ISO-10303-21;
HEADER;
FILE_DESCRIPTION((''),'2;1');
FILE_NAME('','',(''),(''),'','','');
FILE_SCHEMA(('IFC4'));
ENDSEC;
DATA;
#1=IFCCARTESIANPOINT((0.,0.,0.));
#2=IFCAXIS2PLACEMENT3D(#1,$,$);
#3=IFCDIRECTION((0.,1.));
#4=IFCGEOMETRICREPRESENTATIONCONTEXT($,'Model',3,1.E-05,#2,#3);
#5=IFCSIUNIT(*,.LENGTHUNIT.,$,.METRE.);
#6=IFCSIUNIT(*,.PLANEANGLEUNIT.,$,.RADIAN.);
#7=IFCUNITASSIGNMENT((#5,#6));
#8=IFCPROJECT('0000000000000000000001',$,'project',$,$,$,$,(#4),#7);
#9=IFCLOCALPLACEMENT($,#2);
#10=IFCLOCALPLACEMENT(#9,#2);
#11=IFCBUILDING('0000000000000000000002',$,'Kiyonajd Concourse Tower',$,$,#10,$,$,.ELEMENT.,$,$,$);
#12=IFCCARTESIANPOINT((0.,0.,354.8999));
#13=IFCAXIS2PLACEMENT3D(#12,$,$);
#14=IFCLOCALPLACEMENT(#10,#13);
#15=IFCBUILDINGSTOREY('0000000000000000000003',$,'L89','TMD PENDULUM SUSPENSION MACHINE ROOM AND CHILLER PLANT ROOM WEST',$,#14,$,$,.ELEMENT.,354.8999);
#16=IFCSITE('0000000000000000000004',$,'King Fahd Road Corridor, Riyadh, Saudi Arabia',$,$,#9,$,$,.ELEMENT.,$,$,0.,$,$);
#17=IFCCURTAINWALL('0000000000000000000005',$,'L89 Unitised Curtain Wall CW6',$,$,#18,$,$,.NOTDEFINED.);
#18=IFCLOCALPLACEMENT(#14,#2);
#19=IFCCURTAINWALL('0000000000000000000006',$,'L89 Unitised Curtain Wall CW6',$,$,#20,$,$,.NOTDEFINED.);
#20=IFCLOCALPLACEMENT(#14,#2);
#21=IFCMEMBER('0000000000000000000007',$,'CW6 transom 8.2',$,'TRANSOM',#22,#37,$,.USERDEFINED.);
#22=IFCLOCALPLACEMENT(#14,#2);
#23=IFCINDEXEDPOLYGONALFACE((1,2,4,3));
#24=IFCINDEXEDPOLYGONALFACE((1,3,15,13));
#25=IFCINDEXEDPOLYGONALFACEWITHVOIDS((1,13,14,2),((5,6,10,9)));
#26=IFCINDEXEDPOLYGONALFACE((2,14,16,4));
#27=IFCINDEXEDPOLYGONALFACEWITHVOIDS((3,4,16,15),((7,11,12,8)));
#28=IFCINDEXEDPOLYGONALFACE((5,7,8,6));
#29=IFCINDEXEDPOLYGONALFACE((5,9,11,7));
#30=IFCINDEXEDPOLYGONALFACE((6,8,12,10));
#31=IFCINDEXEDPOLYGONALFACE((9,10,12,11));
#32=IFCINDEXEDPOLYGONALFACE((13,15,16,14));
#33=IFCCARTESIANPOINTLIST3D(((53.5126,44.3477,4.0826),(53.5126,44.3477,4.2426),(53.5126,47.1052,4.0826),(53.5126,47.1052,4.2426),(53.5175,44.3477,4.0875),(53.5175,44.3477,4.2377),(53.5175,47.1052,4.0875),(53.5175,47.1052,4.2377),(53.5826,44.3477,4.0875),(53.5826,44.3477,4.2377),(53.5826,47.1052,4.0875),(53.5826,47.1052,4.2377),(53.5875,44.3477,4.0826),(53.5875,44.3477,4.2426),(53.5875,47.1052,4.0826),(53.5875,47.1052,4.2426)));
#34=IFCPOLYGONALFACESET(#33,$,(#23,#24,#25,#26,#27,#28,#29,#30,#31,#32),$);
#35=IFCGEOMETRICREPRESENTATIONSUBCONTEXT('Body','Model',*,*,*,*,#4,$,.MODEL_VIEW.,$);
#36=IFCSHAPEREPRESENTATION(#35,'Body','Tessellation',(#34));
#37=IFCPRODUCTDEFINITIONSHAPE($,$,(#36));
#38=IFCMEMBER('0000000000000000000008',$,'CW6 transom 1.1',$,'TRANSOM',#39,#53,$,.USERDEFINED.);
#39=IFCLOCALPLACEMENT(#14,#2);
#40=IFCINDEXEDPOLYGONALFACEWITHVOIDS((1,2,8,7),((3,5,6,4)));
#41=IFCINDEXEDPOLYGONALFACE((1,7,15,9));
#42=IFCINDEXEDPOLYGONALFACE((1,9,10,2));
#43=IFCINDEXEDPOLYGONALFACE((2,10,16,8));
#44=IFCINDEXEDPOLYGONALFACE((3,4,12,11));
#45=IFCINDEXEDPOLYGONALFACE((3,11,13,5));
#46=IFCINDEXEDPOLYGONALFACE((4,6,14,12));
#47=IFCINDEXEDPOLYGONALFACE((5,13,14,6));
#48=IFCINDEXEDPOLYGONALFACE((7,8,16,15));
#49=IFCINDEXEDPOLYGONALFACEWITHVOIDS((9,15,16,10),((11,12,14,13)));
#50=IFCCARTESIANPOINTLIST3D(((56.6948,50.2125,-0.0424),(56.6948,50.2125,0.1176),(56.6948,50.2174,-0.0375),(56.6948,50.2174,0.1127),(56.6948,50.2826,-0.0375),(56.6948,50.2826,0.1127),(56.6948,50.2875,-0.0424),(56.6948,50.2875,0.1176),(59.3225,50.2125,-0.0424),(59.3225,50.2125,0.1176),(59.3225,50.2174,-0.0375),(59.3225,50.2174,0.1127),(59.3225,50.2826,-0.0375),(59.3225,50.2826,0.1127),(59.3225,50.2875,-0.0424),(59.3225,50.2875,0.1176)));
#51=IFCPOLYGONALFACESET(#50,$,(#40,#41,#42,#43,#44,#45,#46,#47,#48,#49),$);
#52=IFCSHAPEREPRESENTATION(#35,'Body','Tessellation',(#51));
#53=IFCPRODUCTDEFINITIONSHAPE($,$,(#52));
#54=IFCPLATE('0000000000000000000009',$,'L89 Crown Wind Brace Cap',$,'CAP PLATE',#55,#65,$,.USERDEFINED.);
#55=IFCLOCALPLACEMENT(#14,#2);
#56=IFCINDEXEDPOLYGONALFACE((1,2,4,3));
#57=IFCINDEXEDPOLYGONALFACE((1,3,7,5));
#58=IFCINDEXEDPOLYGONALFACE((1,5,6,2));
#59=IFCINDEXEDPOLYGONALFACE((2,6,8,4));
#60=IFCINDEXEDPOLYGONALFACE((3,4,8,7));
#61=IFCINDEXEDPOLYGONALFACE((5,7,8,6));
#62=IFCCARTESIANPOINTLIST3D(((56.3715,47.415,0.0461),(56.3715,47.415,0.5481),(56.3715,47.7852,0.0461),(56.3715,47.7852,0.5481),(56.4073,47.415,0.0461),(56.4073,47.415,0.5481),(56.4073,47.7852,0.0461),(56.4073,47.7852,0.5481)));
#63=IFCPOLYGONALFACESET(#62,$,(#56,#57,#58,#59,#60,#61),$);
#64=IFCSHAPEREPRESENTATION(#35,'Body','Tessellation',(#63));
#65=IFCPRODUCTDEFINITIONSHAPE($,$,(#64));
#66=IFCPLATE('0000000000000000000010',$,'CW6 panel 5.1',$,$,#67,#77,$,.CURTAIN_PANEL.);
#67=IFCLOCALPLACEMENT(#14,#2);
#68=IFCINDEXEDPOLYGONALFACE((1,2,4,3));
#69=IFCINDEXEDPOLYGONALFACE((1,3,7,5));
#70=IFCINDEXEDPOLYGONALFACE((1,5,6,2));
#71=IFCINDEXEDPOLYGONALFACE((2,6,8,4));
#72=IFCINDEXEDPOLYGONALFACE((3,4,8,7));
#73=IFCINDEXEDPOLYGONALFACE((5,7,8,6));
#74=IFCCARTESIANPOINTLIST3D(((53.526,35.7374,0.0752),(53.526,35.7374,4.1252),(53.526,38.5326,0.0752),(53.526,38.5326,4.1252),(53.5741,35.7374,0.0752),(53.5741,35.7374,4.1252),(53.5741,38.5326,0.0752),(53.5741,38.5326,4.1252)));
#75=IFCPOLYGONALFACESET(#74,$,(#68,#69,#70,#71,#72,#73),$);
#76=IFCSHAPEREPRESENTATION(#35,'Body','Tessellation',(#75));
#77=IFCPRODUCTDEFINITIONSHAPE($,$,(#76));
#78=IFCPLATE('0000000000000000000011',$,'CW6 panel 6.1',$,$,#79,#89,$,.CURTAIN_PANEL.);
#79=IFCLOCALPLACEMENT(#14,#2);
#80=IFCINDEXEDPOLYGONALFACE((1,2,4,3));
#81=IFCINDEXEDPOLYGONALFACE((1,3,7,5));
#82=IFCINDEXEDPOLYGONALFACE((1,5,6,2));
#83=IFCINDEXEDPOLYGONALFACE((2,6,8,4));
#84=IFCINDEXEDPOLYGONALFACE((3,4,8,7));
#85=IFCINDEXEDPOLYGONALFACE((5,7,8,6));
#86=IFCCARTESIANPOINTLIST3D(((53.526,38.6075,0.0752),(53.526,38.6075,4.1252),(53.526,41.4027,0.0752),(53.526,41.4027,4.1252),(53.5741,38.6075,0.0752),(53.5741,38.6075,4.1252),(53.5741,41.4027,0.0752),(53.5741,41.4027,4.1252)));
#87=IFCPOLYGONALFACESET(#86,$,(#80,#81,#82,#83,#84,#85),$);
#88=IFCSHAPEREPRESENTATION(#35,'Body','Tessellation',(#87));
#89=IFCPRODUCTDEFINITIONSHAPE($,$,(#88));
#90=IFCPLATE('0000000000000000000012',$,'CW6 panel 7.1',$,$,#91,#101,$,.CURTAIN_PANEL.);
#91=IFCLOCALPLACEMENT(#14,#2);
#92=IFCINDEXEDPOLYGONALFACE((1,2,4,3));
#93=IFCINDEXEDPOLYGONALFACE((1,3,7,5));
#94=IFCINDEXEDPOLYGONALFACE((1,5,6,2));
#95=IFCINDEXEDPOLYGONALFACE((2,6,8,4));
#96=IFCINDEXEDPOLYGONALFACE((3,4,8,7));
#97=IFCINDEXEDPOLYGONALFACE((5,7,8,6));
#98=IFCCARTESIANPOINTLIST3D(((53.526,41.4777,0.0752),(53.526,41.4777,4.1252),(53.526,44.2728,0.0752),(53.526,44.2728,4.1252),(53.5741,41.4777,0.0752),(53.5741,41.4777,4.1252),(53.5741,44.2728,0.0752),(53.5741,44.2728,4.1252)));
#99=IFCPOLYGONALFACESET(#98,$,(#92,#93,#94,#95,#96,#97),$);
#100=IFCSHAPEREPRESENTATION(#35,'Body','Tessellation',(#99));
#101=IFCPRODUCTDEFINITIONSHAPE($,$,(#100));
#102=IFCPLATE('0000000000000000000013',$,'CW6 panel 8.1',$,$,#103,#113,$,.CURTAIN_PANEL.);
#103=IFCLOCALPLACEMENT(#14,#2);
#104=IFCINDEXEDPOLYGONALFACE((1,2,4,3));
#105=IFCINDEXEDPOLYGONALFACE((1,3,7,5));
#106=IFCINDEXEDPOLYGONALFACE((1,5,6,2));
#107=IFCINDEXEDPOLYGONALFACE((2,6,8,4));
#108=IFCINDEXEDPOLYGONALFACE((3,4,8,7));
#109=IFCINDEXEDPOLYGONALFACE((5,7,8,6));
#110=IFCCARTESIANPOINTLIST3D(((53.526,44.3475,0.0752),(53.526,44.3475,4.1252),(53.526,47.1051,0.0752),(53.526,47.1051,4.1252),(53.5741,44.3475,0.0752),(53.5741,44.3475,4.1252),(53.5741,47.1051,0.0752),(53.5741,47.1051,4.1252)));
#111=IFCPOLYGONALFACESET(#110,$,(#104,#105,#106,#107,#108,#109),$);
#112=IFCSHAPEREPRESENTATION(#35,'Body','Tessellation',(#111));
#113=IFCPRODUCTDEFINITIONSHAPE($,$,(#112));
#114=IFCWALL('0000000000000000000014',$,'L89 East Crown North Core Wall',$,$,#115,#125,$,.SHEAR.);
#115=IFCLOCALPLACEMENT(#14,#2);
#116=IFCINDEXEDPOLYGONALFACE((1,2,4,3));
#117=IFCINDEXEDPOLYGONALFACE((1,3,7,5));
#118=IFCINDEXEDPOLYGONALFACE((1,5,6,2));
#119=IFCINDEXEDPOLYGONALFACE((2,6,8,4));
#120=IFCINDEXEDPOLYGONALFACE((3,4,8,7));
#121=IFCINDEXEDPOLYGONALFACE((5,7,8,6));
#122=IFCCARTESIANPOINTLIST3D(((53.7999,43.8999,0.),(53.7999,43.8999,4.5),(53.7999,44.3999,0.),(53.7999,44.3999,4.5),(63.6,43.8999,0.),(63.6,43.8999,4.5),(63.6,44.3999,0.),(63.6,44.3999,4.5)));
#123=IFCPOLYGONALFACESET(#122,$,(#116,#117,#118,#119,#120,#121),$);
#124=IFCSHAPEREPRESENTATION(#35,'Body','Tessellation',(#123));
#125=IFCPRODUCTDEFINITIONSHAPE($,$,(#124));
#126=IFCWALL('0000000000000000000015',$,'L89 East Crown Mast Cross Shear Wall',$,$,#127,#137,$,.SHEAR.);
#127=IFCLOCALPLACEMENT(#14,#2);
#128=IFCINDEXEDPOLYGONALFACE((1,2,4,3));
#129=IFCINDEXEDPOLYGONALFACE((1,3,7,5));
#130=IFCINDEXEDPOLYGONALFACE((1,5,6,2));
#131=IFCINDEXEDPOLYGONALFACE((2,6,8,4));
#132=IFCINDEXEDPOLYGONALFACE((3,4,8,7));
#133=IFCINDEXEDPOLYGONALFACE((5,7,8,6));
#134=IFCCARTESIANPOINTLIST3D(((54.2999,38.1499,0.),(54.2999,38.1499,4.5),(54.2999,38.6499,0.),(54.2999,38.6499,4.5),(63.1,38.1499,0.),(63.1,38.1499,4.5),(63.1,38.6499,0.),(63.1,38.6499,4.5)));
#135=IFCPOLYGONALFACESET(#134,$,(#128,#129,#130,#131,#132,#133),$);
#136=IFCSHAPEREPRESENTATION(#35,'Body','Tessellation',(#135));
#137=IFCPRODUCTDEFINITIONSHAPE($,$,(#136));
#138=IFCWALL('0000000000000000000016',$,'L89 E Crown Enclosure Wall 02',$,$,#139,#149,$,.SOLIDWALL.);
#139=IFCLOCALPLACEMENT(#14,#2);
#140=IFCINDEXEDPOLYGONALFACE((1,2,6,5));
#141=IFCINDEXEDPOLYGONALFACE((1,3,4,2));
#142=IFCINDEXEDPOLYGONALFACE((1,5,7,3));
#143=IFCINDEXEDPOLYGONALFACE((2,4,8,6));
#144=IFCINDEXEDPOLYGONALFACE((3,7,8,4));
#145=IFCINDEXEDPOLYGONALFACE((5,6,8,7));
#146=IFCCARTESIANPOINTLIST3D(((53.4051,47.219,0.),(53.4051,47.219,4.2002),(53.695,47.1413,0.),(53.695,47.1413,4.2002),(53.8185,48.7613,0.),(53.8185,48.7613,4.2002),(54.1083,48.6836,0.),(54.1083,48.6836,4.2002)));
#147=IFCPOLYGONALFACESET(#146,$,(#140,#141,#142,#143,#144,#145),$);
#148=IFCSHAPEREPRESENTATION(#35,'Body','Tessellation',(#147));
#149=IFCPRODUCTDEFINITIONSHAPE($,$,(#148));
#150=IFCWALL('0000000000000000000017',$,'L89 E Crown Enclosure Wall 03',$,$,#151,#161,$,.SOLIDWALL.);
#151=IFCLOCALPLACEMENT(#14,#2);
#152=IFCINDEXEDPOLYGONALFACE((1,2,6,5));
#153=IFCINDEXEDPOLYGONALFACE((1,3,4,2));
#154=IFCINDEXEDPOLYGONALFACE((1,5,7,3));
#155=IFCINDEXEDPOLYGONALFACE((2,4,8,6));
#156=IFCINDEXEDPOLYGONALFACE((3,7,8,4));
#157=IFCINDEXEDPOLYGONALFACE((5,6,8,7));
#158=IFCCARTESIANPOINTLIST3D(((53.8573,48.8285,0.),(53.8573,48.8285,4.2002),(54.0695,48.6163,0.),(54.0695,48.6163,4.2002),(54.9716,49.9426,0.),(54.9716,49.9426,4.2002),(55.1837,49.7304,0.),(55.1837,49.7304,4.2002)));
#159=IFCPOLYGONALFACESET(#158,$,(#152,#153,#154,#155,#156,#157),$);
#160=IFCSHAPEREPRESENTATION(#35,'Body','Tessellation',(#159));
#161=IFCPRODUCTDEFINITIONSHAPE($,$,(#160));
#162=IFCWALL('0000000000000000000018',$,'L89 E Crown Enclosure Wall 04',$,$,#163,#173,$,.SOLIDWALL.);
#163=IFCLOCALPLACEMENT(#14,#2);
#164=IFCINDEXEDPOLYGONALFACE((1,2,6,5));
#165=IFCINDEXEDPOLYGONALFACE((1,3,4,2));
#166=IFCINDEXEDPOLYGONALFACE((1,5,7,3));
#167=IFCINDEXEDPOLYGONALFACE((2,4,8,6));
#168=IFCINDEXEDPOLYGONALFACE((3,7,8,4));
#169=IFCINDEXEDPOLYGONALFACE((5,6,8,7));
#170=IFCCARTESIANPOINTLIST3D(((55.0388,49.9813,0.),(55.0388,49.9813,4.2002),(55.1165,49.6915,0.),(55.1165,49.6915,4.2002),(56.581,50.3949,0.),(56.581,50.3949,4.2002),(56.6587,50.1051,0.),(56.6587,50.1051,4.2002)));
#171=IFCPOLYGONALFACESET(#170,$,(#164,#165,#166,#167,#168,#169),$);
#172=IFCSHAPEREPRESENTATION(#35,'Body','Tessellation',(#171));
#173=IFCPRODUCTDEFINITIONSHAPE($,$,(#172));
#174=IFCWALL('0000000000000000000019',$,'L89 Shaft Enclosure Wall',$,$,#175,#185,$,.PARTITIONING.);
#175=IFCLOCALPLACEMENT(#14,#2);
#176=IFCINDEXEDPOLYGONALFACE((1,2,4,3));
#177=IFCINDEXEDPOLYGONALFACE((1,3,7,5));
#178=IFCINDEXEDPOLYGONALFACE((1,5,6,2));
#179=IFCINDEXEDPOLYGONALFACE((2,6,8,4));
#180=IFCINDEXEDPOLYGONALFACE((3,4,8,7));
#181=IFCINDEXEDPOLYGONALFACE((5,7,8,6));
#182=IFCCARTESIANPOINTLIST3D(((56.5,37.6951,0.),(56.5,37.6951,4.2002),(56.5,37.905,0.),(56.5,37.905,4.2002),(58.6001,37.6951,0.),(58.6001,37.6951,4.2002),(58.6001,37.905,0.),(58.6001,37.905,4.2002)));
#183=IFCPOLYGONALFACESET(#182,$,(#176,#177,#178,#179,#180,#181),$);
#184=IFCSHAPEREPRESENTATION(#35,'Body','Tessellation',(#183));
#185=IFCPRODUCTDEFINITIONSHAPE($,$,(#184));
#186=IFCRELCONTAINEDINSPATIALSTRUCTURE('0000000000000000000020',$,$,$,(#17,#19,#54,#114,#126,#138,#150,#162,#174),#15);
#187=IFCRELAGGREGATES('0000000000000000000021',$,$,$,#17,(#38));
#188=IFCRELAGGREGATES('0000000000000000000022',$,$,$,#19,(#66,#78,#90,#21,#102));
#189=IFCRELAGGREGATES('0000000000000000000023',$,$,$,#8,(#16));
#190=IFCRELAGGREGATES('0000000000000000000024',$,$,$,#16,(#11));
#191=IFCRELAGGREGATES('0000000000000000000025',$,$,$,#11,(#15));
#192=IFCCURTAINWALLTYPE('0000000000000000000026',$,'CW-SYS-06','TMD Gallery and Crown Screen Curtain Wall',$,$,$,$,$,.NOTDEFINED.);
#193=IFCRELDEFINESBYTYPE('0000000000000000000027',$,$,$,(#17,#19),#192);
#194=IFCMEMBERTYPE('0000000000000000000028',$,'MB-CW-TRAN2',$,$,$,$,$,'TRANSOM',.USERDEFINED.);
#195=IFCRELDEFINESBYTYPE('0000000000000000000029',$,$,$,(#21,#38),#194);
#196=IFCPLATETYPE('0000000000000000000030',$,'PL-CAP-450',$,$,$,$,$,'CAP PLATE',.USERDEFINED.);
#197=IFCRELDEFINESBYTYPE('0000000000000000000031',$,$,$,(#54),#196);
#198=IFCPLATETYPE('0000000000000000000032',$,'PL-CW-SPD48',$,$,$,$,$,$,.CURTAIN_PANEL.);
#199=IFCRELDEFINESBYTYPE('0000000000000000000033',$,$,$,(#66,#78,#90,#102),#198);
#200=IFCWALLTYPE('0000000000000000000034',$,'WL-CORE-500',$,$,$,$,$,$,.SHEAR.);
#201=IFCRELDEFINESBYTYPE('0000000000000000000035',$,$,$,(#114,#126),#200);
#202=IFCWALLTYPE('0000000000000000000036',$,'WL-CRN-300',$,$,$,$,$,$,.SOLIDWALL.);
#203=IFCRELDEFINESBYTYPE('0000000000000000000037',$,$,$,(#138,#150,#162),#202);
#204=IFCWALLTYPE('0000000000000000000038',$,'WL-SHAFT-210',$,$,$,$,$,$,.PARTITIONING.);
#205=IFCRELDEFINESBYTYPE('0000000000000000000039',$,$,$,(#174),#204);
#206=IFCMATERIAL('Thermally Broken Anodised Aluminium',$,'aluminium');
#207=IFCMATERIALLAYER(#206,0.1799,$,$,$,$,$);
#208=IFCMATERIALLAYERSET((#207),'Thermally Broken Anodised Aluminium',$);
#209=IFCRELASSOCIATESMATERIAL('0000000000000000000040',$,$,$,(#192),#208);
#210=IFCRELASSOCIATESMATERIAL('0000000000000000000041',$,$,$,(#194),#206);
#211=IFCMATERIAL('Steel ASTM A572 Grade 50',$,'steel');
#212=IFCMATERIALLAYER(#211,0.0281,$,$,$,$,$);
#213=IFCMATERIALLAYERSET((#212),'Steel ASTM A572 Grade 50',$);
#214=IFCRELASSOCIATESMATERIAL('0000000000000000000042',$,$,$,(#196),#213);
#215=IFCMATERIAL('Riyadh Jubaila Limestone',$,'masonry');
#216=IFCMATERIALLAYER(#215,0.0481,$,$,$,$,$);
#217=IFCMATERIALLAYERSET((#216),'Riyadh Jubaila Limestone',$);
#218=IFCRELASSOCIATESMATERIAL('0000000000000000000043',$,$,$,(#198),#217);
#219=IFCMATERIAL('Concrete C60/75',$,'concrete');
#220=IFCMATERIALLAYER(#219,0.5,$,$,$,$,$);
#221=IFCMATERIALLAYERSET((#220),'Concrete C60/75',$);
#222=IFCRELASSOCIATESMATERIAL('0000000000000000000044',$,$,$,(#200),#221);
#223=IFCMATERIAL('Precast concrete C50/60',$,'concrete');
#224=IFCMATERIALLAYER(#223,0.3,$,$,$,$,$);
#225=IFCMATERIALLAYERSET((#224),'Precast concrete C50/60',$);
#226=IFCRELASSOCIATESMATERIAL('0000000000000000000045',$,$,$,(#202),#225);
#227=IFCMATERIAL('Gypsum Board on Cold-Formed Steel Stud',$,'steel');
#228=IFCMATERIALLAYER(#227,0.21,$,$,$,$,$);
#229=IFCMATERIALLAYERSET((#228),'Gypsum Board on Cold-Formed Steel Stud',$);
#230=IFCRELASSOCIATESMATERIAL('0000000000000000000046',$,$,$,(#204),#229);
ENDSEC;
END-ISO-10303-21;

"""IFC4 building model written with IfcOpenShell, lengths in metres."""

from ifc_helpers import new_model, si_unit, direction, frame, frame_2d, origin, origin_2d, place, context, subcontext, project, spatial, rectangle, hollow_rectangle, extrude, material, layer, layer_set, material_profile, profile_set, type_object, element, aggregate, save


model = new_model("IFC4")

# Units and contexts
model_context = context("Model", 3, precision=1e-05, world=origin(), true_north=direction((0.0, 1.0)))
body_context = subcontext(model_context, "Body", "Model", "MODEL_VIEW")
ifc_project = project(units=[si_unit("LENGTHUNIT", "METRE"), si_unit("PLANEANGLEUNIT", "RADIAN")], contexts=[model_context])

# Site, building, storey
site_placement = place(None, origin())
site = spatial("IfcSite", under=ifc_project, at=site_placement, Name="King Fahd Road Corridor, Riyadh, Saudi Arabia", CompositionType="ELEMENT", RefElevation=0.0)
building_placement = place(site_placement, origin())
building = spatial("IfcBuilding", under=site, at=building_placement, Name="Kiyonajd Concourse Tower", CompositionType="ELEMENT")
storey_placement = place(building_placement, frame((0.0, 0.0, 354.8999)))
storey = spatial("IfcBuildingStorey", under=building, at=storey_placement, Name="L89", Description="TMD PENDULUM SUSPENSION MACHINE ROOM AND CHILLER PLANT ROOM WEST", CompositionType="ELEMENT", Elevation=354.8999)

# Shared definitions
ifc_material_1 = material(Name="Steel ASTM A572 Grade 50", Category="steel")

# Curtain wall
ifc_material_2 = material(Name="Thermally Broken Anodised Aluminium", Category="aluminium")
ifc_layer_1 = layer(ifc_material_2, 0.1799)
ifc_layer_set_1 = layer_set([ifc_layer_1], Name="Thermally Broken Anodised Aluminium")
curtain_wall_type = type_object("IfcCurtainWallType", Name="CW-SYS-06", Description="TMD Gallery and Crown Screen Curtain Wall", PredefinedType="NOTDEFINED", material=ifc_layer_set_1)
curtain_wall_1_placement = place(storey_placement, origin())
curtain_wall_1 = element("IfcCurtainWall", 1, at=curtain_wall_1_placement, inside=storey, type_object=curtain_wall_type, Name="L89 Unitised Curtain Wall CW6", PredefinedType="NOTDEFINED")

# Curtain wall, member
curtain_wall_2_placement = place(storey_placement, origin())
curtain_wall_2 = element("IfcCurtainWall", 2, at=curtain_wall_2_placement, inside=storey, type_object=curtain_wall_type, Name="L89 Unitised Curtain Wall CW6", PredefinedType="NOTDEFINED")
ifc_material_profile_1 = material_profile(ifc_material_2, hollow_rectangle(XDim=0.075, YDim=0.1599, WallThickness=0.0049, at=origin_2d()), Name="TRAN-75x160")
ifc_profile_set_1 = profile_set([ifc_material_profile_1], Name="Thermally Broken Anodised Aluminium")
member_type_1 = type_object("IfcMemberType", Name="MB-CW-TRAN2", ElementType="TRANSOM", PredefinedType="USERDEFINED", material=ifc_profile_set_1)
member_1_placement = place(storey_placement, frame((53.55, 44.3477, 4.1626), z_axis=(0.0, 1.0, 0.0), x_axis=(-1.0, 0.0, 0.0)))
member_1 = element("IfcMember", 3, at=member_1_placement, type_object=member_type_1, Name="CW6 transom 8.2", ObjectType="TRANSOM", PredefinedType="USERDEFINED", context=body_context, shape_type="SweptSolid", body=[
    extrude(hollow_rectangle(XDim=0.075, YDim=0.1599, WallThickness=0.0049, at=origin_2d()), origin(), (0.0, 0.0, 1.0), 2.7576),
])

# Member
member_2_placement = place(storey_placement, frame((56.6948, 50.25, 0.0376), z_axis=(1.0, 0.0, 0.0), x_axis=(0.0, 1.0, 0.0)))
member_2 = element("IfcMember", 4, at=member_2_placement, type_object=member_type_1, Name="CW6 transom 1.1", ObjectType="TRANSOM", PredefinedType="USERDEFINED", context=body_context, shape_type="SweptSolid", body=[
    extrude(hollow_rectangle(XDim=0.075, YDim=0.1599, WallThickness=0.0049, at=origin_2d()), origin(), (0.0, 0.0, 1.0), 2.6277),
])
aggregate(curtain_wall_1, [member_2])

# Plates
ifc_layer_2 = layer(ifc_material_1, 0.0281)
ifc_layer_set_2 = layer_set([ifc_layer_2], Name="Steel ASTM A572 Grade 50")
plate_type_1 = type_object("IfcPlateType", Name="PL-CAP-450", ElementType="CAP PLATE", PredefinedType="USERDEFINED", material=ifc_layer_set_2)
plate_1_placement = place(storey_placement, frame((56.3894, 47.6001, 0.0461), z_axis=(0.0, 0.0, 1.0), x_axis=(-1.0, 0.0, 0.0)))
element("IfcPlate", 5, at=plate_1_placement, inside=storey, type_object=plate_type_1, Name="L89 Crown Wind Brace Cap", ObjectType="CAP PLATE", PredefinedType="USERDEFINED", context=body_context, shape_type="SweptSolid", body=[
    extrude(rectangle(XDim=0.0359, YDim=0.3701, at=origin_2d()), origin(), (0.0, 0.0, 1.0), 0.502),
])
ifc_material_3 = material(Name="Riyadh Jubaila Limestone", Category="masonry")
ifc_layer_3 = layer(ifc_material_3, 0.0481)
ifc_layer_set_3 = layer_set([ifc_layer_3], Name="Riyadh Jubaila Limestone")
plate_type_2 = type_object("IfcPlateType", Name="PL-CW-SPD48", PredefinedType="CURTAIN_PANEL", material=ifc_layer_set_3)
plate_2_placement = place(storey_placement, frame((53.55, 37.135, 0.0752), z_axis=(0.0, 0.0, 1.0), x_axis=(0.0, 1.0, 0.0)))
plate_2 = element("IfcPlate", 6, at=plate_2_placement, type_object=plate_type_2, Name="CW6 panel 5.1", PredefinedType="CURTAIN_PANEL", context=body_context, shape_type="SweptSolid", body=[
    extrude(rectangle(XDim=2.7952, YDim=0.0481, at=origin_2d()), origin(), (0.0, 0.0, 1.0), 4.05),
])
plate_3_placement = place(storey_placement, frame((53.55, 40.0051, 0.0752), z_axis=(0.0, 0.0, 1.0), x_axis=(0.0, 1.0, 0.0)))
plate_3 = element("IfcPlate", 7, at=plate_3_placement, type_object=plate_type_2, Name="CW6 panel 6.1", PredefinedType="CURTAIN_PANEL", context=body_context, shape_type="SweptSolid", body=[
    extrude(rectangle(XDim=2.7952, YDim=0.0481, at=origin_2d()), origin(), (0.0, 0.0, 1.0), 4.05),
])
plate_4_placement = place(storey_placement, frame((53.55, 42.8752, 0.0752), z_axis=(0.0, 0.0, 1.0), x_axis=(0.0, 1.0, 0.0)))
plate_4 = element("IfcPlate", 8, at=plate_4_placement, type_object=plate_type_2, Name="CW6 panel 7.1", PredefinedType="CURTAIN_PANEL", context=body_context, shape_type="SweptSolid", body=[
    extrude(rectangle(XDim=2.7952, YDim=0.0481, at=origin_2d()), origin(), (0.0, 0.0, 1.0), 4.05),
])
plate_5_placement = place(storey_placement, frame((53.55, 45.7263, 0.0752), z_axis=(0.0, 0.0, 1.0), x_axis=(0.0, 1.0, 0.0)))
plate_5 = element("IfcPlate", 9, at=plate_5_placement, type_object=plate_type_2, Name="CW6 panel 8.1", PredefinedType="CURTAIN_PANEL", context=body_context, shape_type="SweptSolid", body=[
    extrude(rectangle(XDim=2.7576, YDim=0.0481, at=origin_2d()), origin(), (0.0, 0.0, 1.0), 4.05),
])
aggregate(curtain_wall_2, [plate_2, plate_3, plate_4, member_1, plate_5])

# Walls
ifc_material_4 = material(Name="Concrete C60/75", Category="concrete")
ifc_layer_4 = layer(ifc_material_4, 0.5)
ifc_layer_set_4 = layer_set([ifc_layer_4], Name="Concrete C60/75")
wall_type_1 = type_object("IfcWallType", Name="WL-CORE-500", PredefinedType="SHEAR", material=ifc_layer_set_4)
wall_1_placement = place(storey_placement, frame((53.8, 44.1499, 0.0), z_axis=(0.0, 0.0, 1.0), x_axis=(1.0, 0.0, 0.0)))
element("IfcWall", 10, at=wall_1_placement, inside=storey, type_object=wall_type_1, Name="L89 East Crown North Core Wall", PredefinedType="SHEAR", context=body_context, shape_type="SweptSolid", body=[
    extrude(rectangle(XDim=9.8, YDim=0.5, at=frame_2d((4.8999, 0.0))), origin(), (0.0, 0.0, 1.0), 4.5),
])
wall_2_placement = place(storey_placement, frame((54.3, 38.3999, 0.0), z_axis=(0.0, 0.0, 1.0), x_axis=(1.0, 0.0, 0.0)))
element("IfcWall", 11, at=wall_2_placement, inside=storey, type_object=wall_type_1, Name="L89 East Crown Mast Cross Shear Wall", PredefinedType="SHEAR", context=body_context, shape_type="SweptSolid", body=[
    extrude(rectangle(XDim=8.8, YDim=0.5, at=frame_2d((4.3999, 0.0))), origin(), (0.0, 0.0, 1.0), 4.5),
])
ifc_material_5 = material(Name="Precast concrete C50/60", Category="concrete")
ifc_layer_5 = layer(ifc_material_5, 0.3)
ifc_layer_set_5 = layer_set([ifc_layer_5], Name="Precast concrete C50/60")
wall_type_2 = type_object("IfcWallType", Name="WL-CRN-300", PredefinedType="SOLIDWALL", material=ifc_layer_set_5)
wall_3_placement = place(storey_placement, frame((53.55, 47.1802, 0.0), z_axis=(0.0, 0.0, 1.0), x_axis=(0.258871, 0.965912, 0.0)))
element("IfcWall", 12, at=wall_3_placement, inside=storey, type_object=wall_type_2, Name="L89 E Crown Enclosure Wall 02", PredefinedType="SOLIDWALL", context=body_context, shape_type="SweptSolid", body=[
    extrude(rectangle(XDim=1.5967, YDim=0.3, at=frame_2d((0.7983, 0.0))), origin(), (0.0, 0.0, 1.0), 4.2002),
])
wall_4_placement = place(storey_placement, frame((53.9634, 48.7224, 0.0), z_axis=(0.0, 0.0, 1.0), x_axis=(0.707184, 0.707029, 0.0)))
element("IfcWall", 13, at=wall_4_placement, inside=storey, type_object=wall_type_2, Name="L89 E Crown Enclosure Wall 03", PredefinedType="SOLIDWALL", context=body_context, shape_type="SweptSolid", body=[
    extrude(rectangle(XDim=1.5757, YDim=0.3, at=frame_2d((0.7878, 0.0))), origin(), (0.0, 0.0, 1.0), 4.2002),
])
wall_5_placement = place(storey_placement, frame((55.0776, 49.8364, 0.0), z_axis=(0.0, 0.0, 1.0), x_axis=(0.965874, 0.259014, 0.0)))
element("IfcWall", 14, at=wall_5_placement, inside=storey, type_object=wall_type_2, Name="L89 E Crown Enclosure Wall 04", PredefinedType="SOLIDWALL", context=body_context, shape_type="SweptSolid", body=[
    extrude(rectangle(XDim=1.5967, YDim=0.3, at=frame_2d((0.7983, 0.0))), origin(), (0.0, 0.0, 1.0), 4.2002),
])
ifc_material_6 = material(Name="Gypsum Board on Cold-Formed Steel Stud", Category="steel")
ifc_layer_6 = layer(ifc_material_6, 0.21)
ifc_layer_set_6 = layer_set([ifc_layer_6], Name="Gypsum Board on Cold-Formed Steel Stud")
wall_type_3 = type_object("IfcWallType", Name="WL-SHAFT-210", PredefinedType="PARTITIONING", material=ifc_layer_set_6)
for number, where, z_axis, x_axis, name in (
    (15, (56.5, 37.8, 0.0), (0.0, 0.0, 1.0), (1.0, 0.0, 0.0), "L89 Shaft Enclosure Wall"),
):
    element("IfcWall", number, at=place(storey_placement, frame(where, z_axis=z_axis, x_axis=x_axis)), inside=storey, type_object=wall_type_3, Name=name, PredefinedType="PARTITIONING", context=body_context, shape_type="SweptSolid", body=[
        extrude(rectangle(XDim=2.1001, YDim=0.21, at=frame_2d((1.05, 0.0))), origin(), (0.0, 0.0, 1.0), 4.2002),
    ])

save(model, "model.ifc")
